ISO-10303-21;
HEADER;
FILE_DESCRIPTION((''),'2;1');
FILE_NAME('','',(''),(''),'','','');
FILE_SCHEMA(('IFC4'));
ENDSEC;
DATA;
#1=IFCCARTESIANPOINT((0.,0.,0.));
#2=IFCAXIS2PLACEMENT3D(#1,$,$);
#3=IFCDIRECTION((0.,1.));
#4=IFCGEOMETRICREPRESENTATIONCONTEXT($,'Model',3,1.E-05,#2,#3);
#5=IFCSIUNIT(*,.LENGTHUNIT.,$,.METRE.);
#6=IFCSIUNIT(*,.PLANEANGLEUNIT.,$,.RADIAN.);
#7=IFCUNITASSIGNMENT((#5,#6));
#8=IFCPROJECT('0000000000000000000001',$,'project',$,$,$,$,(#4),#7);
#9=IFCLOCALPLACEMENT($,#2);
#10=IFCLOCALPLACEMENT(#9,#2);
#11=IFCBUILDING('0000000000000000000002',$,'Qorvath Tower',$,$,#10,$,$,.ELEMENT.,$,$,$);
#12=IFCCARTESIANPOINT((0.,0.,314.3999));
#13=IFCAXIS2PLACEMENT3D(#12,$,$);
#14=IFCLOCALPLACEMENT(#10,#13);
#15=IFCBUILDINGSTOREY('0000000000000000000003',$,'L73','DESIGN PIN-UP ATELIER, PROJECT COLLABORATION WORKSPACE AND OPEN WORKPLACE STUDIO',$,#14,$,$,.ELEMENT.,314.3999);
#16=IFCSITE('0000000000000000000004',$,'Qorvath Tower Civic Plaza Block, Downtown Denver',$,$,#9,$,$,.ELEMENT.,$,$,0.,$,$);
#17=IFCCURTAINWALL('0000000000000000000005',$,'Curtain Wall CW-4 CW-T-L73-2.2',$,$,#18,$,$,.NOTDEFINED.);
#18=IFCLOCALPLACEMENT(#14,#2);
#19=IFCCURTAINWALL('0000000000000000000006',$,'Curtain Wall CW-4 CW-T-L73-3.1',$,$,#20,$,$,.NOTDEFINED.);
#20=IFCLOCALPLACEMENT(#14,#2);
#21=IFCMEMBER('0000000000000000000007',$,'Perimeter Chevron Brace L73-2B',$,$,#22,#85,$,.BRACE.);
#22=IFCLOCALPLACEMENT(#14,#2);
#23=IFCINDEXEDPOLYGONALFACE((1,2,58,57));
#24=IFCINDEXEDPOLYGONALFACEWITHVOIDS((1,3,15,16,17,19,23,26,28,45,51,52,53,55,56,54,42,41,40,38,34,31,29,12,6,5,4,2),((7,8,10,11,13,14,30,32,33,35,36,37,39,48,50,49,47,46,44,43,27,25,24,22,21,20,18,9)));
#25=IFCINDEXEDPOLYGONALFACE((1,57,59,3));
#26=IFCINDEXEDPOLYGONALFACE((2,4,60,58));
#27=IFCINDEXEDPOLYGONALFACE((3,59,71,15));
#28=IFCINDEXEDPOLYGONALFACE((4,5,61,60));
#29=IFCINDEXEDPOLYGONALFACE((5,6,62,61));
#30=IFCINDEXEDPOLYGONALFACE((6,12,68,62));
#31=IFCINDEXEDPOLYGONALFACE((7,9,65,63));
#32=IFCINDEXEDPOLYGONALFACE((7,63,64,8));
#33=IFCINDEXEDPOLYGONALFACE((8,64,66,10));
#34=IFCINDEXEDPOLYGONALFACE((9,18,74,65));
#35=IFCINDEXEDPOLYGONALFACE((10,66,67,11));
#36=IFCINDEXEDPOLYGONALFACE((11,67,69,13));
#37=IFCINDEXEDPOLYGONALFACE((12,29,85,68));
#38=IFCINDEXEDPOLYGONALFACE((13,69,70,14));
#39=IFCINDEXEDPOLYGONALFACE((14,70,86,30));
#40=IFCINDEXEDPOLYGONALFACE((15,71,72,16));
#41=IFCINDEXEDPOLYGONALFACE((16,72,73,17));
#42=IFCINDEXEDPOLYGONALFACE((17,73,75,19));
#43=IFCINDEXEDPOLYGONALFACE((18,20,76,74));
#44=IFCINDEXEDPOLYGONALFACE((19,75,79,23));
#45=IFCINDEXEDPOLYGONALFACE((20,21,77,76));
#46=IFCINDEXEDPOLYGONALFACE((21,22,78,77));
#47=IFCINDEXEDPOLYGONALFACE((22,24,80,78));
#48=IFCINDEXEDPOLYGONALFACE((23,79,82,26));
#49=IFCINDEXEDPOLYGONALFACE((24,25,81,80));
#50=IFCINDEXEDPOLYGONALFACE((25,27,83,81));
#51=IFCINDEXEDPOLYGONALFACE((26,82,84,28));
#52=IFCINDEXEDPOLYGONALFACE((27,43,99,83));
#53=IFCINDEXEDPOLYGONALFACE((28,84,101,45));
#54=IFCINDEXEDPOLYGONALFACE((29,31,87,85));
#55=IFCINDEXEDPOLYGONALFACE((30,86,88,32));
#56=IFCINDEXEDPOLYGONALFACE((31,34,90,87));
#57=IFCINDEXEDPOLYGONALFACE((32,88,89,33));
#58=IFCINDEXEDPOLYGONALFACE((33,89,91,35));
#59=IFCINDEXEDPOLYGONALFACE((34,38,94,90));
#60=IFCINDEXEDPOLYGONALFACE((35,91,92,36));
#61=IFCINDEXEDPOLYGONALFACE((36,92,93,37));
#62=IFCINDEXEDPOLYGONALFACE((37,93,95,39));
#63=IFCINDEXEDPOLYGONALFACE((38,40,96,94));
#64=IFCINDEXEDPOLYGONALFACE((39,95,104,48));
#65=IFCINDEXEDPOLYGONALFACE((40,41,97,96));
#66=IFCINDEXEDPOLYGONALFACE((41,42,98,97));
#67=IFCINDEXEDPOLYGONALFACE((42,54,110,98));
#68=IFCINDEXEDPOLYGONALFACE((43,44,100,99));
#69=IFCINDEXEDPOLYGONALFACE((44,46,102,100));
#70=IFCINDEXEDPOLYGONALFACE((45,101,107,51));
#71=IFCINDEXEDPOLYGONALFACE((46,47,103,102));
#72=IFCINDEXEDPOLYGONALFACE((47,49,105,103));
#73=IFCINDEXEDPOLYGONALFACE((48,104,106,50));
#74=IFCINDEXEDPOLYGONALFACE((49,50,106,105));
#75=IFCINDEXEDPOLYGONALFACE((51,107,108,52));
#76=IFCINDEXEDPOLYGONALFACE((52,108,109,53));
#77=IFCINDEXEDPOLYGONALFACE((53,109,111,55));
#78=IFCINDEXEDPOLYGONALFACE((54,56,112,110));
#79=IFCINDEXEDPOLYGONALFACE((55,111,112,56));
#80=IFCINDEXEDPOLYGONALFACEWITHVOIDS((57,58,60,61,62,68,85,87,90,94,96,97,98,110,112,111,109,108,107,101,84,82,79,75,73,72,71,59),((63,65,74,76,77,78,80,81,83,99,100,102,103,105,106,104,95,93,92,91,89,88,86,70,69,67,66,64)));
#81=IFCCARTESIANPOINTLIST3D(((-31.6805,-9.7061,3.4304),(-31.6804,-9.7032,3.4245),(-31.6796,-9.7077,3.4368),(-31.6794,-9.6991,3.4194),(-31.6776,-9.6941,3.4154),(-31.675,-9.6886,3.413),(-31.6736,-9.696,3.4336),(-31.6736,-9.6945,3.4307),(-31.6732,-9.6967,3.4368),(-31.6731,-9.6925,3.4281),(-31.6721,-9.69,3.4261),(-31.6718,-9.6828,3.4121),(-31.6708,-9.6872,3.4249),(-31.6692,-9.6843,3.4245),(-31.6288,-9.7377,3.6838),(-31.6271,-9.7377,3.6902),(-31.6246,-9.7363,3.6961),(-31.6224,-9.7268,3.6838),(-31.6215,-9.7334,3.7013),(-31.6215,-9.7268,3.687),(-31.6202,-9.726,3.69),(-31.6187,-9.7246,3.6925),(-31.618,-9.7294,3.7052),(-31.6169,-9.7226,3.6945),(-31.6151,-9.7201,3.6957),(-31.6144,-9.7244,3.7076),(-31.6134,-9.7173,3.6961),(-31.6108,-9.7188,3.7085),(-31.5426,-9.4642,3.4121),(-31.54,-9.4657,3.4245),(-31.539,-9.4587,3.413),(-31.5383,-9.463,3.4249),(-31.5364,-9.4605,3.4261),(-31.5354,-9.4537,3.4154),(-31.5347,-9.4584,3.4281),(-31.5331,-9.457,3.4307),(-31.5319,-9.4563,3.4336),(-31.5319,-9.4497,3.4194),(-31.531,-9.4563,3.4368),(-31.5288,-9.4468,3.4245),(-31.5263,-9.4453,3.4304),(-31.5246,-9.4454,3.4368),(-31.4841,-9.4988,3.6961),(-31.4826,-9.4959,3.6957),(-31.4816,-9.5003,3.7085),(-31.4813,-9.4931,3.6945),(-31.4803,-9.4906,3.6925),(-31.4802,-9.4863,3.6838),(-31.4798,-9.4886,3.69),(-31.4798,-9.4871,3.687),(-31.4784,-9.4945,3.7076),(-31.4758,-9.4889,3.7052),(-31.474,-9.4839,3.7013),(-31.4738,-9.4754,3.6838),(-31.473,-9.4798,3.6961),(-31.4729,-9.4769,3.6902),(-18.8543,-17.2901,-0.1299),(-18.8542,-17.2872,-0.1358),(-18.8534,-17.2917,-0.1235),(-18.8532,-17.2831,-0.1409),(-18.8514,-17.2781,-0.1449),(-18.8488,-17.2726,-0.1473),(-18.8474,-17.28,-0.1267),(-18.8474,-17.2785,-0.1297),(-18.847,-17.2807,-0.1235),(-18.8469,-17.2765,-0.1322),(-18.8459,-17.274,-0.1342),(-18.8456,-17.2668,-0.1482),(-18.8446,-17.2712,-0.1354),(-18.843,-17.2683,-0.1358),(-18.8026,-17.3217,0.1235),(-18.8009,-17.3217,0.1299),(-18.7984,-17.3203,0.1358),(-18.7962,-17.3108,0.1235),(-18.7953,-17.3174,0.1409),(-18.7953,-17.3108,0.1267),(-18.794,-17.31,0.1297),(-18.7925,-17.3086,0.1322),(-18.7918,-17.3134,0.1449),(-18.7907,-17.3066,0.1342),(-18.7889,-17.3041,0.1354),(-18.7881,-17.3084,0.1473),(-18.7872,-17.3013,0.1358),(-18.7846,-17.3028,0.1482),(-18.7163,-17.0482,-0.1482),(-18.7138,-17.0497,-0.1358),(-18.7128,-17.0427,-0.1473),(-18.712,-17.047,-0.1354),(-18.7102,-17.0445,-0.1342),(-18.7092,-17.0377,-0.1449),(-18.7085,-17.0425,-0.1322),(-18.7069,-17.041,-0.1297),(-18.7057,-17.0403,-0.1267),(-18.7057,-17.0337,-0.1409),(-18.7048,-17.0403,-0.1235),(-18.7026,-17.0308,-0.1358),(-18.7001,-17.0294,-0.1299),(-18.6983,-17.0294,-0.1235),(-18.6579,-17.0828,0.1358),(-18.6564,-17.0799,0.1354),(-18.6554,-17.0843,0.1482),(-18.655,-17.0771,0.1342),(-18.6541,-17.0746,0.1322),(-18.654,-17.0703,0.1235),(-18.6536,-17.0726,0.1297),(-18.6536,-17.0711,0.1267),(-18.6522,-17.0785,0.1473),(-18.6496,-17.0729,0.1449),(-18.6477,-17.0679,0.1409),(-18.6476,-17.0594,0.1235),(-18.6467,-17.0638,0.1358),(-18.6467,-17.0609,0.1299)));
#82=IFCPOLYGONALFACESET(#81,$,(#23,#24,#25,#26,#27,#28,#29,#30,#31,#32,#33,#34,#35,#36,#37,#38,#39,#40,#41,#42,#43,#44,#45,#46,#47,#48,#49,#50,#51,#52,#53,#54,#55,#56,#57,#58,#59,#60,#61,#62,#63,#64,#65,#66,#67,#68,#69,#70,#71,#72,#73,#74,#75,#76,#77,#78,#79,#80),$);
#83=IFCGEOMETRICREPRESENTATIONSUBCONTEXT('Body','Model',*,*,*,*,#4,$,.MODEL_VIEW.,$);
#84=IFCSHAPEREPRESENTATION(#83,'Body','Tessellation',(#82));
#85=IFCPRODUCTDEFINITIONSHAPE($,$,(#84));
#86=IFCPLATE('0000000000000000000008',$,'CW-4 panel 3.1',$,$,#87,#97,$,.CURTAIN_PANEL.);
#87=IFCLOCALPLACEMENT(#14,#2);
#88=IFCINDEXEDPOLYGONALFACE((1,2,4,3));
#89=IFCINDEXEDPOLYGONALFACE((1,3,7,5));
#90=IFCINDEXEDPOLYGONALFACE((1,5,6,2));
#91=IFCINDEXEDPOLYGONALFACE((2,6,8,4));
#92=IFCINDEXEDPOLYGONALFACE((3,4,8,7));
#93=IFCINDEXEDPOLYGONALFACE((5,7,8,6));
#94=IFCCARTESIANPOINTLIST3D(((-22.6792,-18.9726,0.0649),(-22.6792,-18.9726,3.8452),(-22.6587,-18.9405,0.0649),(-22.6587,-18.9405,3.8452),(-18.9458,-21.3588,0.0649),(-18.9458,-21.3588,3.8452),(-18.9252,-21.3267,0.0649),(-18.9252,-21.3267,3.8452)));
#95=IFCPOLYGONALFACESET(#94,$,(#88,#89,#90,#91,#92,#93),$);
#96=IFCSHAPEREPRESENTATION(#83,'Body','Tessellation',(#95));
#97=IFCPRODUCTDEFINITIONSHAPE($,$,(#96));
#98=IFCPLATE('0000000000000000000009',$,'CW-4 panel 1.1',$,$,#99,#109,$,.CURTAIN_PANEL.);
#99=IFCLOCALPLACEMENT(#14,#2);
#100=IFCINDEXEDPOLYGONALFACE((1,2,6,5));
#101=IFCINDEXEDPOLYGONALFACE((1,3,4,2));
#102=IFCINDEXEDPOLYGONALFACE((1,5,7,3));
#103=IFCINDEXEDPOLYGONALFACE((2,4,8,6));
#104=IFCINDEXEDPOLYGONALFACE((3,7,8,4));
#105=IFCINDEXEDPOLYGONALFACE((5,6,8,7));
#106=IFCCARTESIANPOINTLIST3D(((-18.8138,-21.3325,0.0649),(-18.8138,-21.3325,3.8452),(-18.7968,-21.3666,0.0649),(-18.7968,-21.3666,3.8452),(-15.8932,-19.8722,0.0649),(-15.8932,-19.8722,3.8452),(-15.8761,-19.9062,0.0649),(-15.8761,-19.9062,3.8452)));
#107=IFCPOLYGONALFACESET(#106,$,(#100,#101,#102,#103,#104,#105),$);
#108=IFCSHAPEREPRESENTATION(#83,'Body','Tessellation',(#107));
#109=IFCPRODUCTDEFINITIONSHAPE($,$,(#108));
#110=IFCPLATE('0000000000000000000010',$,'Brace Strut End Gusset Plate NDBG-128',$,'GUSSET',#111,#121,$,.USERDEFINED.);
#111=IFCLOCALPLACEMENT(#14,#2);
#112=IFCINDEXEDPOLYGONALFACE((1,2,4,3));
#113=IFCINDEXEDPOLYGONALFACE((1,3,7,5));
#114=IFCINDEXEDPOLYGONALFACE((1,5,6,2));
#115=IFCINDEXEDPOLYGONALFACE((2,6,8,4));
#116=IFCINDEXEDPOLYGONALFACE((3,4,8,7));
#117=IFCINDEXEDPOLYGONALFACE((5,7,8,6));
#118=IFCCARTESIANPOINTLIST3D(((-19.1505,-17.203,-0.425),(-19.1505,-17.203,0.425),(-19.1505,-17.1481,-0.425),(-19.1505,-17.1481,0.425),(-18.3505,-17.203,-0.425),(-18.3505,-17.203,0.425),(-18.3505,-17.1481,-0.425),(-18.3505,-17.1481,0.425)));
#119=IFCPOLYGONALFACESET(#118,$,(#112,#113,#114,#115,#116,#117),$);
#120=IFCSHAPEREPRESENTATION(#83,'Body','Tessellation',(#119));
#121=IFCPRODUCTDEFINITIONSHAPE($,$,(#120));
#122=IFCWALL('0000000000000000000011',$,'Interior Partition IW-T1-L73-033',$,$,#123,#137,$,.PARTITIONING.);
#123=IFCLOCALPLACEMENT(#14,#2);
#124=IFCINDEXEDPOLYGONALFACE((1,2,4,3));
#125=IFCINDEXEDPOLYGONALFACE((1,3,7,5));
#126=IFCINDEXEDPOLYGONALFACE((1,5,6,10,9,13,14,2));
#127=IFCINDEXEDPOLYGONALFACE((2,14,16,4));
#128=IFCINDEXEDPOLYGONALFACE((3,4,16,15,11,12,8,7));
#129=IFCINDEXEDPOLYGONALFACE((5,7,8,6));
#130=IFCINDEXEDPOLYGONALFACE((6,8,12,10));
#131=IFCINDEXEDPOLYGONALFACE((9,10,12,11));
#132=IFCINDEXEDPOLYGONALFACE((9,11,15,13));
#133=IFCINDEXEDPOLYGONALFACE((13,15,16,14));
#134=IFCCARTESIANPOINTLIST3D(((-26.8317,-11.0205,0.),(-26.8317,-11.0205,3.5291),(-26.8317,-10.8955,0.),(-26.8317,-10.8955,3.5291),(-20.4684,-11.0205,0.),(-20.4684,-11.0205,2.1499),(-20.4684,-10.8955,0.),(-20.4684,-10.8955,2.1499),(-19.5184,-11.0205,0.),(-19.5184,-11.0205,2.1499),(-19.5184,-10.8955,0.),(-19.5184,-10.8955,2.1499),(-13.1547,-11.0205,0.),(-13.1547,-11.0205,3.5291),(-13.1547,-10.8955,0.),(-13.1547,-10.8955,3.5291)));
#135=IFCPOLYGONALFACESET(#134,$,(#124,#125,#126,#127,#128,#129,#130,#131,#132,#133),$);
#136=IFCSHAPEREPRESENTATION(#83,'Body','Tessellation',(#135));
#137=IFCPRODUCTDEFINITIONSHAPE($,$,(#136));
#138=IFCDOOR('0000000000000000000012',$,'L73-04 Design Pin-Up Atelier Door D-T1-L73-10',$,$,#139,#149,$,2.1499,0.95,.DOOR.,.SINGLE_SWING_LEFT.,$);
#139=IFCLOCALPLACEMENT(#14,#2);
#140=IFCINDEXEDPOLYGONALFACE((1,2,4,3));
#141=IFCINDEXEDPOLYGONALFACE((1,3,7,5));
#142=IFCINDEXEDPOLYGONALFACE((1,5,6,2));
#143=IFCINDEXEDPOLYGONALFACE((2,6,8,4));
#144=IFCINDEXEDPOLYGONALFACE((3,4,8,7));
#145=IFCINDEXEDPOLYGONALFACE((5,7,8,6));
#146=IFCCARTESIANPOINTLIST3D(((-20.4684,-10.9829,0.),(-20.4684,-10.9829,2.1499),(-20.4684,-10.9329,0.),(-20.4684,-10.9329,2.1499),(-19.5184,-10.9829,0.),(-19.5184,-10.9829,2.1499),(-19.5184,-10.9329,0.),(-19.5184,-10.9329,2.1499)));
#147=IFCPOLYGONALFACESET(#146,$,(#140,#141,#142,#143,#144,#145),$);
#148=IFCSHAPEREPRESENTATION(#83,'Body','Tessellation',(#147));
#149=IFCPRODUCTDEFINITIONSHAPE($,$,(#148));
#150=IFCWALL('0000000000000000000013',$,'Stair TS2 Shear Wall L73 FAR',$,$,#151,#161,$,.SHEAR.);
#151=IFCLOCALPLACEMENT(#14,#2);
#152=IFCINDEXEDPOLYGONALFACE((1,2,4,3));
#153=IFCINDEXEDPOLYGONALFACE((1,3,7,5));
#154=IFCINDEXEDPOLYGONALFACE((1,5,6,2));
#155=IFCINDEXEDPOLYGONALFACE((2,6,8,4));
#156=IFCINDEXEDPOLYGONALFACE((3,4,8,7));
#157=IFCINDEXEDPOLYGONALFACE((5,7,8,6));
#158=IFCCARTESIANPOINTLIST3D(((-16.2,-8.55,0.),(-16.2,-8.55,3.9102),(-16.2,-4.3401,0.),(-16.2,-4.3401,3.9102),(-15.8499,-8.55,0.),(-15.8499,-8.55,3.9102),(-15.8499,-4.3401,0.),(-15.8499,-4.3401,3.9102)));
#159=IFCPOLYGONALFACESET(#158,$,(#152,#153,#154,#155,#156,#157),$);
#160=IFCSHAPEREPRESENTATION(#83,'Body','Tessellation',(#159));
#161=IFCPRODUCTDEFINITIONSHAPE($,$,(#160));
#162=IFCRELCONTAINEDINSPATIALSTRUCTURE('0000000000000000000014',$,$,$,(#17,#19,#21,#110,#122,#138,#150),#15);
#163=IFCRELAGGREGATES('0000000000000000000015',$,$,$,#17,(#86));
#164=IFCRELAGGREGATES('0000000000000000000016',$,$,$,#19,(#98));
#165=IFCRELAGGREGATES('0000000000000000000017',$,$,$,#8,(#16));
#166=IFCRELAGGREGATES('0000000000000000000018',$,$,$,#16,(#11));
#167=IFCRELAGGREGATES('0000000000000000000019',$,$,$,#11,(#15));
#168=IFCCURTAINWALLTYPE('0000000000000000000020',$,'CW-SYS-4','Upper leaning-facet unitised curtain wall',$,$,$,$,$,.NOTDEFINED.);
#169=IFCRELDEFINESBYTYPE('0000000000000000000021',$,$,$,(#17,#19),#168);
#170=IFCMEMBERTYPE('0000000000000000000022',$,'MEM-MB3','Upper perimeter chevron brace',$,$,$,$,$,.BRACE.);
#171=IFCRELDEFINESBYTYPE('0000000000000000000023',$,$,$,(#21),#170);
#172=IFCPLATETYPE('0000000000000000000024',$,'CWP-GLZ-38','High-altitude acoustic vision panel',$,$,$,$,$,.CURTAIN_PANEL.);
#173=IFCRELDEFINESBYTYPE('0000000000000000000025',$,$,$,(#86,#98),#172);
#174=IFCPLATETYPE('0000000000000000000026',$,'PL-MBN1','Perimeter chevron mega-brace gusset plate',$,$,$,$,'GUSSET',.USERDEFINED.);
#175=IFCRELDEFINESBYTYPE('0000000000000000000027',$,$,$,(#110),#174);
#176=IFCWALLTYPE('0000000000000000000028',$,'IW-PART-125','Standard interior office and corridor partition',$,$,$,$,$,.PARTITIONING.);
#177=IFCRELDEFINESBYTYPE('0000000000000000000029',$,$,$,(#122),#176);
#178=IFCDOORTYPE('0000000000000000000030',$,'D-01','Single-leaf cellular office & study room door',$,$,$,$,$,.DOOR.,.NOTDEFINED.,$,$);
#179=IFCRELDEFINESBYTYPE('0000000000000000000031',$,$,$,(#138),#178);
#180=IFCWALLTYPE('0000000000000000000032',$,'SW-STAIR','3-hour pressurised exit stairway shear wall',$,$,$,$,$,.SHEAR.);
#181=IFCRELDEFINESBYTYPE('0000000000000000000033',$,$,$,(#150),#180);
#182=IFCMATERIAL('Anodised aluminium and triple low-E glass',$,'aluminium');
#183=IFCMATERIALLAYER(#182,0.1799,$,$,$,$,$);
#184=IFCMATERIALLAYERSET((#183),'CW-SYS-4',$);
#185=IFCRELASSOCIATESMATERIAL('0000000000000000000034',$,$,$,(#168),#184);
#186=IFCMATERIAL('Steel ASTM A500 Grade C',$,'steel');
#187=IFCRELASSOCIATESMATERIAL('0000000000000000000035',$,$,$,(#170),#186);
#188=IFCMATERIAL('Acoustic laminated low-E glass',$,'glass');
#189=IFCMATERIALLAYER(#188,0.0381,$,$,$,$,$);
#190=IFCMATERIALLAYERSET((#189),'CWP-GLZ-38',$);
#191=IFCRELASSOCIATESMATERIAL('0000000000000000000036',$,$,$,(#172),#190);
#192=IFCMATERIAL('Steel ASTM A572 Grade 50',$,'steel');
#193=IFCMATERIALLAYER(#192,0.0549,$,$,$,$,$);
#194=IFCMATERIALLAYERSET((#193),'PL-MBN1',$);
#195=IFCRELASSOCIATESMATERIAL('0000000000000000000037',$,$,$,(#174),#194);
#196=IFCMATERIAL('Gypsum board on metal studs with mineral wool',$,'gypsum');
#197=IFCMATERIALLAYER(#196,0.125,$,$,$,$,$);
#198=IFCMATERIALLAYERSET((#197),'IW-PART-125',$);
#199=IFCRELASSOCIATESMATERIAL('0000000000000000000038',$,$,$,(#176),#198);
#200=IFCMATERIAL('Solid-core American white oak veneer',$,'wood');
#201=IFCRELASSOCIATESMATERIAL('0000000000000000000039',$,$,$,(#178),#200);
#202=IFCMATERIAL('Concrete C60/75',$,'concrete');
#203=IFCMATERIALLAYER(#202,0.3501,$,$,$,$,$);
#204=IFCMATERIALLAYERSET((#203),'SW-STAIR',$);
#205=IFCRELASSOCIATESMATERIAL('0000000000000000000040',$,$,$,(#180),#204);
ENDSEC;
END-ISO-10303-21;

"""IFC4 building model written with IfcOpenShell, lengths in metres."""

from ifc_helpers import new_model, si_unit, direction, frame, frame_2d, origin, origin_2d, place, context, subcontext, project, spatial, rectangle, hollow_rectangle, extrude, material, layer, layer_set, material_profile, profile_set, type_object, element, fill, aggregate, save


model = new_model("IFC4")

# Units and contexts
model_context = context("Model", 3, precision=1e-05, world=origin(), true_north=direction((0.0, 1.0)))
body_context = subcontext(model_context, "Body", "Model", "MODEL_VIEW")
ifc_project = project(units=[si_unit("LENGTHUNIT", "METRE"), si_unit("PLANEANGLEUNIT", "RADIAN")], contexts=[model_context])

# Site, building, storey
site_placement = place(None, origin())
site = spatial("IfcSite", under=ifc_project, at=site_placement, Name="Qorvath Tower Civic Plaza Block, Downtown Denver", CompositionType="ELEMENT", RefElevation=0.0)
building_placement = place(site_placement, origin())
building = spatial("IfcBuilding", under=site, at=building_placement, Name="Qorvath Tower", CompositionType="ELEMENT")
storey_placement = place(building_placement, frame((0.0, 0.0, 314.3999)))
storey = spatial("IfcBuildingStorey", under=building, at=storey_placement, Name="L73", Description="DESIGN PIN-UP ATELIER, PROJECT COLLABORATION WORKSPACE AND OPEN WORKPLACE STUDIO", CompositionType="ELEMENT", Elevation=314.3999)

# Curtain wall
ifc_material_1 = material(Name="Anodised aluminium and triple low-E glass", Category="aluminium")
ifc_layer_1 = layer(ifc_material_1, 0.1799)
ifc_layer_set_1 = layer_set([ifc_layer_1], Name="CW-SYS-4")
curtain_wall_type = type_object("IfcCurtainWallType", Name="CW-SYS-4", Description="Upper leaning-facet unitised curtain wall", PredefinedType="NOTDEFINED", material=ifc_layer_set_1)
curtain_wall_1_placement = place(storey_placement, origin())
curtain_wall_1 = element("IfcCurtainWall", 1, at=curtain_wall_1_placement, inside=storey, type_object=curtain_wall_type, Name="Curtain Wall CW-4 CW-T-L73-2.2", PredefinedType="NOTDEFINED")

# Curtain wall
curtain_wall_2_placement = place(storey_placement, origin())
curtain_wall_2 = element("IfcCurtainWall", 2, at=curtain_wall_2_placement, inside=storey, type_object=curtain_wall_type, Name="Curtain Wall CW-4 CW-T-L73-3.1", PredefinedType="NOTDEFINED")

# Member
ifc_material_2 = material(Name="Steel ASTM A500 Grade C", Category="steel")
ifc_material_profile_1 = material_profile(ifc_material_2, hollow_rectangle(XDim=0.3047, YDim=0.3047, WallThickness=0.0127, InnerFilletRadius=0.0127, OuterFilletRadius=0.0254, at=origin_2d()), Name="HSS 305x305x12.7")
ifc_profile_set_1 = profile_set([ifc_material_profile_1], Name="Steel ASTM A500 Grade C")
member_type_1 = type_object("IfcMemberType", Name="MEM-MB3", Description="Upper perimeter chevron brace", PredefinedType="BRACE", material=ifc_profile_set_1)
member_1_placement = place(storey_placement, frame((-18.7505, -17.1755, 0.0), z_axis=(-0.837216, 0.495037, 0.232395), x_axis=(-0.508972, -0.860783, 0.0)))
element("IfcMember", 3, at=member_1_placement, inside=storey, type_object=member_type_1, Name="Perimeter Chevron Brace L73-2B", PredefinedType="BRACE", context=body_context, shape_type="SweptSolid", body=[
    extrude(hollow_rectangle(XDim=0.3047, YDim=0.3047, WallThickness=0.0127, InnerFilletRadius=0.0127, OuterFilletRadius=0.0254, at=origin_2d()), origin(), (0.0, 0.0, 1.0), 15.3201),
])

# Plates
ifc_material_3 = material(Name="Acoustic laminated low-E glass", Category="glass")
ifc_layer_2 = layer(ifc_material_3, 0.0381)
ifc_layer_set_2 = layer_set([ifc_layer_2], Name="CWP-GLZ-38")
plate_type_1 = type_object("IfcPlateType", Name="CWP-GLZ-38", Description="High-altitude acoustic vision panel", PredefinedType="CURTAIN_PANEL", material=ifc_layer_set_2)
plate_1_placement = place(storey_placement, frame((-20.8022, -20.1497, 0.0649), z_axis=(0.0, 0.0, 1.0), x_axis=(0.842602, -0.538536, 0.0)))
plate_1 = element("IfcPlate", 4, at=plate_1_placement, type_object=plate_type_1, Name="CW-4 panel 3.1", PredefinedType="CURTAIN_PANEL", context=body_context, shape_type="SweptSolid", body=[
    extrude(rectangle(XDim=4.4309, YDim=0.0381, at=origin_2d()), origin(), (0.0, 0.0, 1.0), 3.7803),
])
aggregate(curtain_wall_1, [plate_1])
plate_2_placement = place(storey_placement, frame((-17.345, -20.6194, 0.0649), z_axis=(0.0, 0.0, 1.0), x_axis=(0.894421, 0.447225, 0.0)))
plate_2 = element("IfcPlate", 5, at=plate_2_placement, type_object=plate_type_1, Name="CW-4 panel 1.1", PredefinedType="CURTAIN_PANEL", context=body_context, shape_type="SweptSolid", body=[
    extrude(rectangle(XDim=3.2654, YDim=0.0381, at=origin_2d()), origin(), (0.0, 0.0, 1.0), 3.7803),
])
aggregate(curtain_wall_2, [plate_2])
ifc_material_4 = material(Name="Steel ASTM A572 Grade 50", Category="steel")
ifc_layer_3 = layer(ifc_material_4, 0.0549)
ifc_layer_set_3 = layer_set([ifc_layer_3], Name="PL-MBN1")
plate_type_2 = type_object("IfcPlateType", Name="PL-MBN1", Description="Perimeter chevron mega-brace gusset plate", ElementType="GUSSET", PredefinedType="USERDEFINED", material=ifc_layer_set_3)
plate_3_placement = place(storey_placement, frame((-18.7505, -17.1755, -0.425), z_axis=(0.0, 0.0, 1.0), x_axis=(1.0, 0.0, 0.0)))
element("IfcPlate", 6, at=plate_3_placement, inside=storey, type_object=plate_type_2, Name="Brace Strut End Gusset Plate NDBG-128", ObjectType="GUSSET", PredefinedType="USERDEFINED", context=body_context, shape_type="SweptSolid", body=[
    extrude(rectangle(XDim=0.8, YDim=0.0549, at=origin_2d()), origin(), (0.0, 0.0, 1.0), 0.8501),
])

# Wall, opening, door
ifc_material_5 = material(Name="Gypsum board on metal studs with mineral wool", Category="gypsum")
ifc_layer_4 = layer(ifc_material_5, 0.125)
ifc_layer_set_4 = layer_set([ifc_layer_4], Name="IW-PART-125")
wall_type_1 = type_object("IfcWallType", Name="IW-PART-125", Description="Standard interior office and corridor partition", PredefinedType="PARTITIONING", material=ifc_layer_set_4)
wall_1_placement = place(storey_placement, frame((-13.1548, -10.958, 0.0), z_axis=(0.0, 0.0, 1.0), x_axis=(-1.0, 0.0, 0.0)))
wall_1 = element("IfcWall", 7, at=wall_1_placement, inside=storey, type_object=wall_type_1, Name="Interior Partition IW-T1-L73-033", PredefinedType="PARTITIONING", context=body_context, shape_type="SweptSolid", body=[
    extrude(rectangle(XDim=13.677, YDim=0.125, at=frame_2d((6.8384, 0.0))), origin(), (0.0, 0.0, 1.0), 3.5291),
])
opening_placement = place(wall_1_placement, frame((6.3635, 0.0, 0.0)))
opening = element("IfcOpeningElement", 8, at=opening_placement, cuts=wall_1, PredefinedType="OPENING", context=body_context, shape_type="SweptSolid", body=[
    extrude(rectangle(XDim=0.95, YDim=2.1499, at=frame_2d((0.4751, 1.075))), frame((0.0, 0.0725, 0.0), z_axis=(0.0, -1.0, 0.0), x_axis=(1.0, 0.0, 0.0)), (0.0, 0.0, 1.0), 0.145),
])
ifc_material_6 = material(Name="Solid-core American white oak veneer", Category="wood")
door_type = type_object("IfcDoorType", Name="D-01", Description="Single-leaf cellular office & study room door", OperationType="NOTDEFINED", PredefinedType="DOOR", material=ifc_material_6)
door_placement = place(opening_placement, origin())
door = element("IfcDoor", 9, at=door_placement, inside=storey, type_object=door_type, Name="L73-04 Design Pin-Up Atelier Door D-T1-L73-10", OperationType="SINGLE_SWING_LEFT", OverallHeight=2.1499, OverallWidth=0.95, PredefinedType="DOOR", context=body_context, shape_type="SweptSolid", body=[
    extrude(rectangle(XDim=0.95, YDim=2.1499, at=frame_2d((0.4751, 1.075))), frame((0.0, 0.0249, 0.0), z_axis=(0.0, -1.0, 0.0), x_axis=(1.0, 0.0, 0.0)), (0.0, 0.0, 1.0), 0.05),
])
fill(opening, door)

# Wall
ifc_material_7 = material(Name="Concrete C60/75", Category="concrete")
ifc_layer_5 = layer(ifc_material_7, 0.3501)
ifc_layer_set_5 = layer_set([ifc_layer_5], Name="SW-STAIR")
wall_type_2 = type_object("IfcWallType", Name="SW-STAIR", Description="3-hour pressurised exit stairway shear wall", PredefinedType="SHEAR", material=ifc_layer_set_5)
wall_2_placement = place(storey_placement, frame((-16.0249, -8.55, 0.0), z_axis=(0.0, 0.0, 1.0), x_axis=(0.0, 1.0, 0.0)))
element("IfcWall", 10, at=wall_2_placement, inside=storey, type_object=wall_type_2, Name="Stair TS2 Shear Wall L73 FAR", PredefinedType="SHEAR", context=body_context, shape_type="SweptSolid", body=[
    extrude(rectangle(XDim=4.21, YDim=0.3501, at=frame_2d((2.105, 0.0))), origin(), (0.0, 0.0, 1.0), 3.9102),
])

save(model, "model.ifc")
